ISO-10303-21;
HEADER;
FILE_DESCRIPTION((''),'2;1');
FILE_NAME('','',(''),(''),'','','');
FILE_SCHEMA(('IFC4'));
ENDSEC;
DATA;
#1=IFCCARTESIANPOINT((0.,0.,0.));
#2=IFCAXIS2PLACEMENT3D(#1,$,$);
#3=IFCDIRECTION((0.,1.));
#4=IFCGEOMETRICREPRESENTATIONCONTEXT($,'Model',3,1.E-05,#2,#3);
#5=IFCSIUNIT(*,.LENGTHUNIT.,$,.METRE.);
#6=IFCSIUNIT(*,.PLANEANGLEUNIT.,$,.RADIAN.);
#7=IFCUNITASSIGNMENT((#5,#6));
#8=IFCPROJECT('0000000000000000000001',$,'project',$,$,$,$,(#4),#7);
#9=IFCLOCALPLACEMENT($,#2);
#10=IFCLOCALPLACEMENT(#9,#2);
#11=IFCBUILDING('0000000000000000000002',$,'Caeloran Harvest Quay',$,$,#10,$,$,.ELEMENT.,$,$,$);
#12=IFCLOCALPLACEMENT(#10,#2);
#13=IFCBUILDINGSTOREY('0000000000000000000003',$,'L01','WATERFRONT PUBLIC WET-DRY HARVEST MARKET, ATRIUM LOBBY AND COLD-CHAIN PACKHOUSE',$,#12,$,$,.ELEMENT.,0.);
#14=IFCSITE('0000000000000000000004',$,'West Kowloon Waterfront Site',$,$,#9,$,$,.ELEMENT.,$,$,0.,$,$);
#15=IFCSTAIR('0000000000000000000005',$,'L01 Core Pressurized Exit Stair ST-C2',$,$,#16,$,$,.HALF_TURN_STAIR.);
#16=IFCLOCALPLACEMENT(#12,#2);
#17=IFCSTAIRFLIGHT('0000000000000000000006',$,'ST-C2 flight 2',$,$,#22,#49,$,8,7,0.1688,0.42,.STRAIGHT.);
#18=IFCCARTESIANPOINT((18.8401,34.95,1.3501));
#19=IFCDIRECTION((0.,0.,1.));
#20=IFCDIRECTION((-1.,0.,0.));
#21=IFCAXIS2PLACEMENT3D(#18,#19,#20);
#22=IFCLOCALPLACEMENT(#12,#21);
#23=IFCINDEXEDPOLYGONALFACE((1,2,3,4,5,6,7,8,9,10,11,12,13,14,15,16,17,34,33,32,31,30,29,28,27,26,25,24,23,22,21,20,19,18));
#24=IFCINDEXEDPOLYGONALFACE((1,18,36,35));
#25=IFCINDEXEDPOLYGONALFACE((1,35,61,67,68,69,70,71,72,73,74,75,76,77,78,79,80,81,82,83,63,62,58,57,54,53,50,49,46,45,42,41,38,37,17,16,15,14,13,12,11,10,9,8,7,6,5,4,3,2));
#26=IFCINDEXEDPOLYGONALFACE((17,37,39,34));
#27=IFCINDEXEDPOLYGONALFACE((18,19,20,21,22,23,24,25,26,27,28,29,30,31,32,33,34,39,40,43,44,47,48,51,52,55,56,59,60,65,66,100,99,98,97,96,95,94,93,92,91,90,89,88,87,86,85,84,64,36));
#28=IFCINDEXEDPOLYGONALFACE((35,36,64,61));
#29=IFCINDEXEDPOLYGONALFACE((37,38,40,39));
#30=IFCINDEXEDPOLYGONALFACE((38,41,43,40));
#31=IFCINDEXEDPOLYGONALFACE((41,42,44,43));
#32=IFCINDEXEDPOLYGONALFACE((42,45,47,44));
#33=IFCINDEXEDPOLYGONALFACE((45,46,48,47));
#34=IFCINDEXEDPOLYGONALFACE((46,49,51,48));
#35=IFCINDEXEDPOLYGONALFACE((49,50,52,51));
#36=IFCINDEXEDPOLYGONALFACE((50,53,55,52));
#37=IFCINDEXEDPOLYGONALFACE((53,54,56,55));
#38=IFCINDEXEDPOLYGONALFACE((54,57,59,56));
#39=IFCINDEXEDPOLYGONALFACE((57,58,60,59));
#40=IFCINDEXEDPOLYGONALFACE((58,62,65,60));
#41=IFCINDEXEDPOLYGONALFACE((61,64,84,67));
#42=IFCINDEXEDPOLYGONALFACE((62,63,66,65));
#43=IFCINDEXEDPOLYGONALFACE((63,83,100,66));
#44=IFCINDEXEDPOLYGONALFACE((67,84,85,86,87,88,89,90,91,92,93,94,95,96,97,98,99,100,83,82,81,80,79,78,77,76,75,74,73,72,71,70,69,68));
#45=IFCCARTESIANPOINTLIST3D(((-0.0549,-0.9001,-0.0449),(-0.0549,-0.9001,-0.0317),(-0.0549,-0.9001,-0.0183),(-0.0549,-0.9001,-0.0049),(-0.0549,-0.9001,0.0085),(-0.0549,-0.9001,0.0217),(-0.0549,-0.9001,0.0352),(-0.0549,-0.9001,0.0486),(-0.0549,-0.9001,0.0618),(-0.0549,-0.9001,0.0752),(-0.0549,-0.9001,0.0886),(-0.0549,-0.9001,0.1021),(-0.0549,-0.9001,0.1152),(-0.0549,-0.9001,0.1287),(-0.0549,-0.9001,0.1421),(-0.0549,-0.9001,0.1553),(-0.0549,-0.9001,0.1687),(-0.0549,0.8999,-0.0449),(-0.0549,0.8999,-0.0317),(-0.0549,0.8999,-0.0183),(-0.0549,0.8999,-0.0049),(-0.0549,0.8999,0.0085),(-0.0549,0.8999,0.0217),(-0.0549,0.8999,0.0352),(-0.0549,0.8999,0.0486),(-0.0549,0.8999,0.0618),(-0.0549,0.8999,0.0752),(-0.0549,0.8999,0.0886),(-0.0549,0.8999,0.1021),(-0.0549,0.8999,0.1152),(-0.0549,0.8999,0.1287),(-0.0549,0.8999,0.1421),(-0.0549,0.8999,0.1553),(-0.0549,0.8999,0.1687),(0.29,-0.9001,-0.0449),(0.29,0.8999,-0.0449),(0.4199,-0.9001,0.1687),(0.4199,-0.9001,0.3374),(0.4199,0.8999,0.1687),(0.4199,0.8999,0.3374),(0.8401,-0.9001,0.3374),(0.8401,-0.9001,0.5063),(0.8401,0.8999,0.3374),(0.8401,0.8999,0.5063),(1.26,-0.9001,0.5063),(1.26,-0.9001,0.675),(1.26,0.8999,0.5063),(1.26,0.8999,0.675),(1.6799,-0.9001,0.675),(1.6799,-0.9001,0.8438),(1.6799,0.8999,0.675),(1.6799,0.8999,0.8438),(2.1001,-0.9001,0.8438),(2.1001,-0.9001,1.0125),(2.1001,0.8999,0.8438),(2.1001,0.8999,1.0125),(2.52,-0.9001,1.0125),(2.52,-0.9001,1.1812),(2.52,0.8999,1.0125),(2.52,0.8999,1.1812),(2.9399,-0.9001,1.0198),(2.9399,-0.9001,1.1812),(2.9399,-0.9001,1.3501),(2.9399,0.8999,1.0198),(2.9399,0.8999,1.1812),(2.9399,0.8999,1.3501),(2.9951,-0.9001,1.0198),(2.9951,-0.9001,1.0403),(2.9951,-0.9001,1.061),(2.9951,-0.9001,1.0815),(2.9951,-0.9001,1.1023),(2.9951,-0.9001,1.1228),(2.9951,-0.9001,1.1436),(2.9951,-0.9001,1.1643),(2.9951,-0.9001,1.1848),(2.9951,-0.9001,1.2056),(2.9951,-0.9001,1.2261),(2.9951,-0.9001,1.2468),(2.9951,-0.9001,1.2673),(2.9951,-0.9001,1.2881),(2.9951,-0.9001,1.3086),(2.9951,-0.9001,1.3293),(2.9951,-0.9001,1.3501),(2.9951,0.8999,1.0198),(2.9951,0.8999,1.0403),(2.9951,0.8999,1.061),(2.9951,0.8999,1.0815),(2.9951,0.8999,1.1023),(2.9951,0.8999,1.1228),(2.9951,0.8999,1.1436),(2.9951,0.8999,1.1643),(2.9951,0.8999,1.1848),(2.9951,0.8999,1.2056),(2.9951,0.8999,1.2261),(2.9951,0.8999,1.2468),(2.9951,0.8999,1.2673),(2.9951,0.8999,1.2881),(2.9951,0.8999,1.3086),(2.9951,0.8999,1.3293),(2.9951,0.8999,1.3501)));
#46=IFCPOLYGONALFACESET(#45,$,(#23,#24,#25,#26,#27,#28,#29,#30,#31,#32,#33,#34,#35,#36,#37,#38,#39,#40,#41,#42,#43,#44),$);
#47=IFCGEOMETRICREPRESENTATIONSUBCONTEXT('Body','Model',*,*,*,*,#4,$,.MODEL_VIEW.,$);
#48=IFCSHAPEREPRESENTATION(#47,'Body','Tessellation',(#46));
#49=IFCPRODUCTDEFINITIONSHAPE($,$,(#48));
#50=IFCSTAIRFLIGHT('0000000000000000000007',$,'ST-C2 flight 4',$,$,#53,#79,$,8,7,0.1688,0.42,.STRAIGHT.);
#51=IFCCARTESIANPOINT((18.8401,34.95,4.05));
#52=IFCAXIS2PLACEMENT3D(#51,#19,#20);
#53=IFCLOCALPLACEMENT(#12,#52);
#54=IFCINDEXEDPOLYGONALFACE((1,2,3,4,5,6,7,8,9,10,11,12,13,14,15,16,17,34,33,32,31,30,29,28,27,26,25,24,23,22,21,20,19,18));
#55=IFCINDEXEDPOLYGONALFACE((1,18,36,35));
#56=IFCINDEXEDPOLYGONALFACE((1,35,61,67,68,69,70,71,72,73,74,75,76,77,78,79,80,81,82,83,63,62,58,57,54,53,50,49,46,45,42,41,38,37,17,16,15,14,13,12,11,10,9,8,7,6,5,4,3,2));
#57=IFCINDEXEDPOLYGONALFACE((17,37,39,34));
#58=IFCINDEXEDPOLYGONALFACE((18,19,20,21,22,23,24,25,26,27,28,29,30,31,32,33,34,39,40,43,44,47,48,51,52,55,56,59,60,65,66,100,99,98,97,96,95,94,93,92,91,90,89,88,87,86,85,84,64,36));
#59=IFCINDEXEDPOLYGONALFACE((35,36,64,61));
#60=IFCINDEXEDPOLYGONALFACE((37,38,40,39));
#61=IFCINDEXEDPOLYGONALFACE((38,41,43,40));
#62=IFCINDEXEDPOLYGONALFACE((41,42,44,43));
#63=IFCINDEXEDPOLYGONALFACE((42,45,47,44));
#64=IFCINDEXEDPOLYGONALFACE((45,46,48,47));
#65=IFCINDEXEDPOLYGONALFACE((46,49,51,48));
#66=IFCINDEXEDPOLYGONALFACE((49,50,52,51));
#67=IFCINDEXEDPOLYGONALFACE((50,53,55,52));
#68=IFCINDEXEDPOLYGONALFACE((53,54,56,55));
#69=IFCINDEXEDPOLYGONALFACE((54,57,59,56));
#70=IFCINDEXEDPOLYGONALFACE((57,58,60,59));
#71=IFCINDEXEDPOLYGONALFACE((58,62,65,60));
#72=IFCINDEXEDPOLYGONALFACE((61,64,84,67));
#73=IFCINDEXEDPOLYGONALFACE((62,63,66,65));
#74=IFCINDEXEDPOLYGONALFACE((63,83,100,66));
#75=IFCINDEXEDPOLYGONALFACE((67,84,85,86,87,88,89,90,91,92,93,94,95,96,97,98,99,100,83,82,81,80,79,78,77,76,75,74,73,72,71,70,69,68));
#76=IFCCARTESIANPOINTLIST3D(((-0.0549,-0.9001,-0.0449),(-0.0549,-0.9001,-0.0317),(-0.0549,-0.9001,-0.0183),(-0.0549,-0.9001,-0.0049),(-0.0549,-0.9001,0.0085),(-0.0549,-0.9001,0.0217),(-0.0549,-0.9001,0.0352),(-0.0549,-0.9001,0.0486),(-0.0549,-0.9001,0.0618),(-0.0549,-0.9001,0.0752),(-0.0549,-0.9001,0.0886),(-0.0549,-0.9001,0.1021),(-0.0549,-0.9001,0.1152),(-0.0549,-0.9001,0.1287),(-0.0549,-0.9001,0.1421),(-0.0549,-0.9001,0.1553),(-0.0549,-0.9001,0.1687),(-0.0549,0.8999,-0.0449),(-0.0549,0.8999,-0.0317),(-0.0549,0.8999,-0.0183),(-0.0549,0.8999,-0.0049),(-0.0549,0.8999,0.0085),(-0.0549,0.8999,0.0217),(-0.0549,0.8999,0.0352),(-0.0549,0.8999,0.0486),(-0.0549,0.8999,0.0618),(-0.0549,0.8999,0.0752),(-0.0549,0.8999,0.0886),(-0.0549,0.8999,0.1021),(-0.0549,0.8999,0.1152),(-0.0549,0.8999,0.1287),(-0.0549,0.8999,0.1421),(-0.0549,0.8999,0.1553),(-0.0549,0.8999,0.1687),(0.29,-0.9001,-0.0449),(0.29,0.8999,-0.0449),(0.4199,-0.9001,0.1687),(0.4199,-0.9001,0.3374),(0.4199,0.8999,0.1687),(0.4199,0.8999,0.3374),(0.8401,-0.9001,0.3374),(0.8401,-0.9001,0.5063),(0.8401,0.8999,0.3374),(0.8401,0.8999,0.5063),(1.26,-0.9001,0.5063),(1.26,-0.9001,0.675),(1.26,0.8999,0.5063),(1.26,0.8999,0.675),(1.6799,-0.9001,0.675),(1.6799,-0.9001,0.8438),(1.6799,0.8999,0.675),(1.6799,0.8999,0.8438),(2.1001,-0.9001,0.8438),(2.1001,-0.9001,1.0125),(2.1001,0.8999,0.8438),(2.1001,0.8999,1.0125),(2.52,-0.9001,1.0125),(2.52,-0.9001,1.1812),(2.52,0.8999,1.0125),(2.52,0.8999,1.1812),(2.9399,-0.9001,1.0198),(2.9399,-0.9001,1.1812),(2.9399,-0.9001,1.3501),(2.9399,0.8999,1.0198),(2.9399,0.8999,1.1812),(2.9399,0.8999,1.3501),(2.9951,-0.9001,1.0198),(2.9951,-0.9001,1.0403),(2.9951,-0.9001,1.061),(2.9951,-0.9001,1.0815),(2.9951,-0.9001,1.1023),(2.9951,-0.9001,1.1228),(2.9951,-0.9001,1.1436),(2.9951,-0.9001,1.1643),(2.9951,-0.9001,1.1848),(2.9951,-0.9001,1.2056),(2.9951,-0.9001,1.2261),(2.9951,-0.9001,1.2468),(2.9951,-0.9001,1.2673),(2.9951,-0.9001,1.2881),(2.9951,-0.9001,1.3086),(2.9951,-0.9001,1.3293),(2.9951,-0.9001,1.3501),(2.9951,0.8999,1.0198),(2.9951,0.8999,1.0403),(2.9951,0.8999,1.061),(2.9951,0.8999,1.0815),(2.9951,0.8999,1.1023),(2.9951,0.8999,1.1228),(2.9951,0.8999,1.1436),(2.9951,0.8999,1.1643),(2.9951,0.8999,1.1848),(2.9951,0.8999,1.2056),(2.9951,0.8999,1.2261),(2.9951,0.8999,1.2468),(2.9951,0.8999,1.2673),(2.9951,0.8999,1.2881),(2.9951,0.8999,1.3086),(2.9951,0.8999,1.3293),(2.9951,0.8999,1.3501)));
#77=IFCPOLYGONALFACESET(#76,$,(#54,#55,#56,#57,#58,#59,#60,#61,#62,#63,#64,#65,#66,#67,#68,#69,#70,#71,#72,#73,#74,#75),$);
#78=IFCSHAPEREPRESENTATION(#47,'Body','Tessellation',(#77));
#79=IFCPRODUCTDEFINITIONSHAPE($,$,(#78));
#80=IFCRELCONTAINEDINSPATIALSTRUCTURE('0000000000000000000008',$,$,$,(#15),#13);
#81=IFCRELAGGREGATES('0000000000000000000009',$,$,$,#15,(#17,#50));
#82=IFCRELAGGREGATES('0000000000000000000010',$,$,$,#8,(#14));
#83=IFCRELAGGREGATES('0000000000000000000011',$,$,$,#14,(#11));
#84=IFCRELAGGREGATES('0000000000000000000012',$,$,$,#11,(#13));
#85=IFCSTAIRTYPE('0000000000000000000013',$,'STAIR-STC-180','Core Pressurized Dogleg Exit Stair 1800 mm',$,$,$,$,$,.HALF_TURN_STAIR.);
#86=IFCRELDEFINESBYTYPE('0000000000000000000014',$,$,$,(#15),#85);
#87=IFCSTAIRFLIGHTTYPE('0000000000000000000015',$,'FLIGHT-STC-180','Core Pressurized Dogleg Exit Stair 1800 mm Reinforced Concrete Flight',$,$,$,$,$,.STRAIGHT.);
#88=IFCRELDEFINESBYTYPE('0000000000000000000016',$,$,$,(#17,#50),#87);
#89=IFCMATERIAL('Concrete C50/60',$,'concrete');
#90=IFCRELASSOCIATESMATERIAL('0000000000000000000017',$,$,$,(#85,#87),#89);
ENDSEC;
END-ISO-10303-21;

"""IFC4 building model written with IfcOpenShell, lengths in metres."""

from ifc_helpers import new_model, si_unit, direction, frame, origin, place, context, subcontext, project, spatial, polyline, outline, extrude, material, type_object, element, aggregate, save


model = new_model("IFC4")

# Units and contexts
model_context = context("Model", 3, precision=1e-05, world=origin(), true_north=direction((0.0, 1.0)))
body_context = subcontext(model_context, "Body", "Model", "MODEL_VIEW")
ifc_project = project(units=[si_unit("LENGTHUNIT", "METRE"), si_unit("PLANEANGLEUNIT", "RADIAN")], contexts=[model_context])

# Site, building, storey
site_placement = place(None, origin())
site = spatial("IfcSite", under=ifc_project, at=site_placement, Name="West Kowloon Waterfront Site", CompositionType="ELEMENT", RefElevation=0.0)
building_placement = place(site_placement, origin())
building = spatial("IfcBuilding", under=site, at=building_placement, Name="Caeloran Harvest Quay", CompositionType="ELEMENT")
storey_placement = place(building_placement, origin())
storey = spatial("IfcBuildingStorey", under=building, at=storey_placement, Name="L01", Description="WATERFRONT PUBLIC WET-DRY HARVEST MARKET, ATRIUM LOBBY AND COLD-CHAIN PACKHOUSE", CompositionType="ELEMENT", Elevation=0.0)

# Stair, stair flights
ifc_material_1 = material(Name="Concrete C50/60", Category="concrete")
stair_type = type_object("IfcStairType", Name="STAIR-STC-180", Description="Core Pressurized Dogleg Exit Stair 1800 mm", PredefinedType="HALF_TURN_STAIR", material=ifc_material_1)
stair_flight_type = type_object("IfcStairFlightType", Name="FLIGHT-STC-180", Description="Core Pressurized Dogleg Exit Stair 1800 mm Reinforced Concrete Flight", PredefinedType="STRAIGHT", material=ifc_material_1)
stair_1_placement = place(storey_placement, origin())
stair_1 = element("IfcStair", 1, at=stair_1_placement, inside=storey, type_object=stair_type, Name="L01 Core Pressurized Exit Stair ST-C2", PredefinedType="HALF_TURN_STAIR")
stair_flight_1_placement = place(storey_placement, frame((18.8401, 34.95, 1.3501), z_axis=(0.0, 0.0, 1.0), x_axis=(-1.0, 0.0, 0.0)))
stair_flight_1 = element("IfcStairFlight", 2, at=stair_flight_1_placement, type_object=stair_flight_type, Name="ST-C2 flight 2", NumberOfRisers=8, NumberOfTreads=7, PredefinedType="STRAIGHT", RiserHeight=0.1688, TreadLength=0.42, context=body_context, shape_type="SweptSolid", body=[
    extrude(outline(polyline([(-0.0549, -0.0449), (-0.0549, -0.0317), (-0.0549, -0.0183), (-0.0549, -0.0049), (-0.0549, 0.0085), (-0.0549, 0.0217), (-0.0549, 0.0352), (-0.0549, 0.0486), (-0.0549, 0.0618), (-0.0549, 0.0752), (-0.0549, 0.0886), (-0.0549, 0.1021), (-0.0549, 0.1152), (-0.0549, 0.1287), (-0.0549, 0.1421), (-0.0549, 0.1553), (-0.0549, 0.1687), (0.4199, 0.1687), (0.4199, 0.3374), (0.8401, 0.3374), (0.8401, 0.5063), (1.26, 0.5063), (1.26, 0.675), (1.6799, 0.675), (1.6799, 0.8438), (2.1001, 0.8438), (2.1001, 1.0125), (2.52, 1.0125), (2.52, 1.1812), (2.9399, 1.1812), (2.9399, 1.3501), (2.9951, 1.3501), (2.9951, 1.3293), (2.9951, 1.3086), (2.9951, 1.2881), (2.9951, 1.2673), (2.9951, 1.2468), (2.9951, 1.2261), (2.9951, 1.2056), (2.9951, 1.1848), (2.9951, 1.1643), (2.9951, 1.1436), (2.9951, 1.1228), (2.9951, 1.1023), (2.9951, 1.0815), (2.9951, 1.061), (2.9951, 1.0403), (2.9951, 1.0198), (2.9399, 1.0198), (0.29, -0.0449), (-0.0549, -0.0449)])), frame((0.0, 0.8999, 0.0), z_axis=(0.0, -1.0, 0.0), x_axis=(1.0, 0.0, 0.0)), (0.0, 0.0, 1.0), 1.8),
])
stair_flight_2_placement = place(storey_placement, frame((18.8401, 34.95, 4.05), z_axis=(0.0, 0.0, 1.0), x_axis=(-1.0, 0.0, 0.0)))
stair_flight_2 = element("IfcStairFlight", 3, at=stair_flight_2_placement, type_object=stair_flight_type, Name="ST-C2 flight 4", NumberOfRisers=8, NumberOfTreads=7, PredefinedType="STRAIGHT", RiserHeight=0.1688, TreadLength=0.42, context=body_context, shape_type="SweptSolid", body=[
    extrude(outline(polyline([(-0.0549, -0.0449), (-0.0549, -0.0317), (-0.0549, -0.0183), (-0.0549, -0.0049), (-0.0549, 0.0085), (-0.0549, 0.0217), (-0.0549, 0.0352), (-0.0549, 0.0486), (-0.0549, 0.0618), (-0.0549, 0.0752), (-0.0549, 0.0886), (-0.0549, 0.1021), (-0.0549, 0.1152), (-0.0549, 0.1287), (-0.0549, 0.1421), (-0.0549, 0.1553), (-0.0549, 0.1687), (0.4199, 0.1687), (0.4199, 0.3374), (0.8401, 0.3374), (0.8401, 0.5063), (1.26, 0.5063), (1.26, 0.675), (1.6799, 0.675), (1.6799, 0.8438), (2.1001, 0.8438), (2.1001, 1.0125), (2.52, 1.0125), (2.52, 1.1812), (2.9399, 1.1812), (2.9399, 1.3501), (2.9951, 1.3501), (2.9951, 1.3293), (2.9951, 1.3086), (2.9951, 1.2881), (2.9951, 1.2673), (2.9951, 1.2468), (2.9951, 1.2261), (2.9951, 1.2056), (2.9951, 1.1848), (2.9951, 1.1643), (2.9951, 1.1436), (2.9951, 1.1228), (2.9951, 1.1023), (2.9951, 1.0815), (2.9951, 1.061), (2.9951, 1.0403), (2.9951, 1.0198), (2.9399, 1.0198), (0.29, -0.0449), (-0.0549, -0.0449)])), frame((0.0, 0.8999, 0.0), z_axis=(0.0, -1.0, 0.0), x_axis=(1.0, 0.0, 0.0)), (0.0, 0.0, 1.0), 1.8),
])
aggregate(stair_1, [stair_flight_1, stair_flight_2])

save(model, "model.ifc")
